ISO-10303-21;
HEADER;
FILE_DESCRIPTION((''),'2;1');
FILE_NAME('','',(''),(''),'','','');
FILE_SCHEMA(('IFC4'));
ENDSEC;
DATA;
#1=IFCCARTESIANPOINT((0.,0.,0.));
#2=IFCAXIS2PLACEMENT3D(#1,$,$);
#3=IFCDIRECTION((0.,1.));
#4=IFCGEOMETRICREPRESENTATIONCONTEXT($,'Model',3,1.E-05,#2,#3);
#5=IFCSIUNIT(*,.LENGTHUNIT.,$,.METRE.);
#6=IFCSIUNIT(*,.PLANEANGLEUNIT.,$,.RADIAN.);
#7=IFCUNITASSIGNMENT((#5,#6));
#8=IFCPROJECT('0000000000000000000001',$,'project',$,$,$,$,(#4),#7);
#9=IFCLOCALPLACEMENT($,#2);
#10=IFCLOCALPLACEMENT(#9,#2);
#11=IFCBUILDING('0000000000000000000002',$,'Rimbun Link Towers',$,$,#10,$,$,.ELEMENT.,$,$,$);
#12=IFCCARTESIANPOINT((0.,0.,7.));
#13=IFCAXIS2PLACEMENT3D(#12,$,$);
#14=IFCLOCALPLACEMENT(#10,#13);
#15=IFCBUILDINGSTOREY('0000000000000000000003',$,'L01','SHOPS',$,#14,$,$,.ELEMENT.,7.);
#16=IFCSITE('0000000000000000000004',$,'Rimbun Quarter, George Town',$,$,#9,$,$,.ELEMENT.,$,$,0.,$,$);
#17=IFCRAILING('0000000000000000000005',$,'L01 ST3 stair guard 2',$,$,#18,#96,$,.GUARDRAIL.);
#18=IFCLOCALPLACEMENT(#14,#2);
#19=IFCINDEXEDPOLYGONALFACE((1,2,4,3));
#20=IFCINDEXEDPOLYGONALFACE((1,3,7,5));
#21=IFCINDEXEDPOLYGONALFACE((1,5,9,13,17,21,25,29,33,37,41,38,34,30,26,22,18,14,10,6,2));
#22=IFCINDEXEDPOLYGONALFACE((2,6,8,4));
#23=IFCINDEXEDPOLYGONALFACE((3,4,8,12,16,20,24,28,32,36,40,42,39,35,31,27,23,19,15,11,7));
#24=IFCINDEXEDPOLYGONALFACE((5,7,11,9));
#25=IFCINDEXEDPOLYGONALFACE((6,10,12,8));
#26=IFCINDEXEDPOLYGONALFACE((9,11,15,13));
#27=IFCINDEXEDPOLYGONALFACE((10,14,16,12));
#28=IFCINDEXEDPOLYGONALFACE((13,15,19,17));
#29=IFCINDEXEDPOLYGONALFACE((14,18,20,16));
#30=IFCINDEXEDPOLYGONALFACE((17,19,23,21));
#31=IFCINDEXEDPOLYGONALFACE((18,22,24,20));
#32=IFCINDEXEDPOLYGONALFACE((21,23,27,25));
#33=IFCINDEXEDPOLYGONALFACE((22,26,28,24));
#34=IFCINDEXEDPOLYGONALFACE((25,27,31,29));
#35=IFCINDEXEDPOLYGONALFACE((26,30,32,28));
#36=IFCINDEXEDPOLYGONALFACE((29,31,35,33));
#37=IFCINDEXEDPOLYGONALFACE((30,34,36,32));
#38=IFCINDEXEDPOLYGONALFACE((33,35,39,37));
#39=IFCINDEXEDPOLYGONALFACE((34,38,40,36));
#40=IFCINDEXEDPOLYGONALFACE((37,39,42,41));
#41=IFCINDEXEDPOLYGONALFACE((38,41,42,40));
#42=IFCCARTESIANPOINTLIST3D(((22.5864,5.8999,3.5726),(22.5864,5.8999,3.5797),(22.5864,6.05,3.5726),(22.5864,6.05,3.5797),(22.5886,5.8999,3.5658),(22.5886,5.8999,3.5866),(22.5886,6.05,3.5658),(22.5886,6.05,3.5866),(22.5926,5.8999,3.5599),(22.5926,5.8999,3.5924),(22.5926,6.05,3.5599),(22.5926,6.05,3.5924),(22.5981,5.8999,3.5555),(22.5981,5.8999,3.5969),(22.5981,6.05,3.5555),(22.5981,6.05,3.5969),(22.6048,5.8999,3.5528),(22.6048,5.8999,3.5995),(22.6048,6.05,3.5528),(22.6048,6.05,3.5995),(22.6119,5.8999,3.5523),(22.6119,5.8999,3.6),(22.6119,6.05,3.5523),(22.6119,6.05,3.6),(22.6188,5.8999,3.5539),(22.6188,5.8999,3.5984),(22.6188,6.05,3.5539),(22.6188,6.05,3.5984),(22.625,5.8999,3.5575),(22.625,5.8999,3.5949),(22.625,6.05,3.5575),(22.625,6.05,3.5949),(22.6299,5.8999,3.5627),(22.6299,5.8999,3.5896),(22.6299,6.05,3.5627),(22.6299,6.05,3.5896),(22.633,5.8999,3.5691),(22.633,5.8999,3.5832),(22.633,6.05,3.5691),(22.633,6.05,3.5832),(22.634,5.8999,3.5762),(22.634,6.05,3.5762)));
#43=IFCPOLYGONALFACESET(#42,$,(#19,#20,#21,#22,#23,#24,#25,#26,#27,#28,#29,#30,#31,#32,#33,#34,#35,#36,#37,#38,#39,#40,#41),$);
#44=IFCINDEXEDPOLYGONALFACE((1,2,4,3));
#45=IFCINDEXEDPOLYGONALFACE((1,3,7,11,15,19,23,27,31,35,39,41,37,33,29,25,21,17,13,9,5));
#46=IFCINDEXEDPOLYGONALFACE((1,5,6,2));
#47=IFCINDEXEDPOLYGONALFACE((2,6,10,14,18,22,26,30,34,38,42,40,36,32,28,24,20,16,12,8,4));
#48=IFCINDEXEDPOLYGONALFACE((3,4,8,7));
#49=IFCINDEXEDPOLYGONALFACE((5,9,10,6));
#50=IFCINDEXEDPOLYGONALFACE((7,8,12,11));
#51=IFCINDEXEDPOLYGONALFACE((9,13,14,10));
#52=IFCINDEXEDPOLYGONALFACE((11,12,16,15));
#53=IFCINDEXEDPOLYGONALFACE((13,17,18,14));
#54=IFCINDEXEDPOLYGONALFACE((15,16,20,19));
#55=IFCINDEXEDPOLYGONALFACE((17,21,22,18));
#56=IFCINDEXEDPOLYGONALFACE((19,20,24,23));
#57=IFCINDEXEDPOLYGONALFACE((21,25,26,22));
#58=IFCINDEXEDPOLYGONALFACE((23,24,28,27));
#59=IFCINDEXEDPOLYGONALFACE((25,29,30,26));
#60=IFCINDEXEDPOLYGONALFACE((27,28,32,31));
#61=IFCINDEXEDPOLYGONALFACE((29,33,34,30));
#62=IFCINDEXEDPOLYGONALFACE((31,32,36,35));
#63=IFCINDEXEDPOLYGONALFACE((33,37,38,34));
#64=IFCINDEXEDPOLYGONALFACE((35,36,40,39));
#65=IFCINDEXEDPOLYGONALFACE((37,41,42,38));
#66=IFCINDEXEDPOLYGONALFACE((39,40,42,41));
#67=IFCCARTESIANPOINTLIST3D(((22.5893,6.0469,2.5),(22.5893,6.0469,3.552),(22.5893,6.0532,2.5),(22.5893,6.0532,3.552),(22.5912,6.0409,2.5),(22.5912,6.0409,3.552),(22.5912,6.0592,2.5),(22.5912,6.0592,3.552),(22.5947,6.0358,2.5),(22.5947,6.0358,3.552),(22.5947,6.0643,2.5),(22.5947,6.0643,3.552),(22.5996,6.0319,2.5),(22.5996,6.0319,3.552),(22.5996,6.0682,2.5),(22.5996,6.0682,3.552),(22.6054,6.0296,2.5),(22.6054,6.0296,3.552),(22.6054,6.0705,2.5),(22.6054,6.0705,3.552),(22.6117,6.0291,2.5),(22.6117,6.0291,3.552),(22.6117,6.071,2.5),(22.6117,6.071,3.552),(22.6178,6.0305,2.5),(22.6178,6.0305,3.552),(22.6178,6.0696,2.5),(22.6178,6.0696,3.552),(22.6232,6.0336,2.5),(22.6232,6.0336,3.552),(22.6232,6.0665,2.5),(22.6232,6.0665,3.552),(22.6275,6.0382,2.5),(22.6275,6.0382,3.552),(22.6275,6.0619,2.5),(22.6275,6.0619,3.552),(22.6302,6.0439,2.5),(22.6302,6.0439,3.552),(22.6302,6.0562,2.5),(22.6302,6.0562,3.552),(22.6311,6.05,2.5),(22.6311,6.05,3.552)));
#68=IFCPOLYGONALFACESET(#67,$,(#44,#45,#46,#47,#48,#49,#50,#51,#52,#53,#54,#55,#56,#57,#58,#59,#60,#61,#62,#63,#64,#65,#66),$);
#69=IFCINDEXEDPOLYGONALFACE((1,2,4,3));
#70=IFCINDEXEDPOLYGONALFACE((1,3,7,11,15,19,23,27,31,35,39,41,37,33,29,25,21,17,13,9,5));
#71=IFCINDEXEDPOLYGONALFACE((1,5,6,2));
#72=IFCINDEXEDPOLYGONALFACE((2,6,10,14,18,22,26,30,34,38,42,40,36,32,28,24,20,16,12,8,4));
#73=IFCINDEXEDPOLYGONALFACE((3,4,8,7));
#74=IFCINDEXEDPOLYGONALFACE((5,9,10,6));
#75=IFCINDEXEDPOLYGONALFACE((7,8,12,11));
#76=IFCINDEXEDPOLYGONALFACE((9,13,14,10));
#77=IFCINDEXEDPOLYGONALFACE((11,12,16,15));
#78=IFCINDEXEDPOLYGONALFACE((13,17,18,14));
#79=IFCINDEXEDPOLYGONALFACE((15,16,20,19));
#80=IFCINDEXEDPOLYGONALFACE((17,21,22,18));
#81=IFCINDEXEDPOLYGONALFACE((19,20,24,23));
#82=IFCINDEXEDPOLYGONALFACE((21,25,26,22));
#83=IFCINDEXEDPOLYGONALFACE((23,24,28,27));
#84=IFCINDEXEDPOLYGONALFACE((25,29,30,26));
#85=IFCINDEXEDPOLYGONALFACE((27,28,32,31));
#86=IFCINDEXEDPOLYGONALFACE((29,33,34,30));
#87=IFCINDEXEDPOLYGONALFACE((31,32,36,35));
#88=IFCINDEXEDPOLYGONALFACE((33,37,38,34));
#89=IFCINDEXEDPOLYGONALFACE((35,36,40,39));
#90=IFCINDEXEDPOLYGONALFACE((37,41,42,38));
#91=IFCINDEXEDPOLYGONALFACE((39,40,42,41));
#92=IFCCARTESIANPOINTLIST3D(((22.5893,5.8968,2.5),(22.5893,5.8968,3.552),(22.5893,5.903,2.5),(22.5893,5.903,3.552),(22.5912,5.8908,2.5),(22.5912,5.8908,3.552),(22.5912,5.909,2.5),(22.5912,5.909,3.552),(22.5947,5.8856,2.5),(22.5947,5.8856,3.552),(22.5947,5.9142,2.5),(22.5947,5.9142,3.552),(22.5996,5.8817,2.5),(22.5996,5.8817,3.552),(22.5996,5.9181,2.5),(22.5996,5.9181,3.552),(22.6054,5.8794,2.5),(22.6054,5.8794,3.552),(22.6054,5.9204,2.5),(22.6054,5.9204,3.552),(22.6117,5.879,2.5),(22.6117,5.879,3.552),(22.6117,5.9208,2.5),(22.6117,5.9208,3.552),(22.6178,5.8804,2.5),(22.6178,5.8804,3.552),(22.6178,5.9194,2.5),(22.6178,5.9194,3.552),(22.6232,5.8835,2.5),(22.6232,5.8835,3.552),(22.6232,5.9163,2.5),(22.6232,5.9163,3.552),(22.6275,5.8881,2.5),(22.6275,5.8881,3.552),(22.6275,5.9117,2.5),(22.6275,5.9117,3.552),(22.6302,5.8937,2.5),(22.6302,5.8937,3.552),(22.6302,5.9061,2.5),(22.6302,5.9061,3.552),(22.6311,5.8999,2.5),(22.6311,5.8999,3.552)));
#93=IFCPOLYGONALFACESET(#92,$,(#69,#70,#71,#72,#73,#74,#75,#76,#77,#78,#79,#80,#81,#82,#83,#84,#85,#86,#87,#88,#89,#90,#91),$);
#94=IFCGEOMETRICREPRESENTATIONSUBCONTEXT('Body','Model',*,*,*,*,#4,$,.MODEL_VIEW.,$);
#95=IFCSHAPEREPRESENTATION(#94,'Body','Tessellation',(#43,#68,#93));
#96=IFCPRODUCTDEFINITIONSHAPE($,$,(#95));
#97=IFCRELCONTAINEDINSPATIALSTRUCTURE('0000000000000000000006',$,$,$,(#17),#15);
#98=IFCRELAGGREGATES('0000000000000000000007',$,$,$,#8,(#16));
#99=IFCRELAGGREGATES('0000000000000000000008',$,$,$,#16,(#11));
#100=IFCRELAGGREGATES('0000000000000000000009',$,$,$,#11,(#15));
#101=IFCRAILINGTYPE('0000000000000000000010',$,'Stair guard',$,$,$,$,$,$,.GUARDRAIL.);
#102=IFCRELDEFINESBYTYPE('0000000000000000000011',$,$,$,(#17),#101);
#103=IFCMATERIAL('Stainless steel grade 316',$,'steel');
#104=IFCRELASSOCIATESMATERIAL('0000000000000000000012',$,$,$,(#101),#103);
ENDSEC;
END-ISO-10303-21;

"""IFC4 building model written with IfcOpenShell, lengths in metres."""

from ifc_helpers import new_model, si_unit, direction, frame, origin, origin_2d, place, context, subcontext, project, spatial, circle, extrude, material, type_object, element, save


model = new_model("IFC4")

# Units and contexts
model_context = context("Model", 3, precision=1e-05, world=origin(), true_north=direction((0.0, 1.0)))
body_context = subcontext(model_context, "Body", "Model", "MODEL_VIEW")
ifc_project = project(units=[si_unit("LENGTHUNIT", "METRE"), si_unit("PLANEANGLEUNIT", "RADIAN")], contexts=[model_context])

# Site, building, storey
site_placement = place(None, origin())
site = spatial("IfcSite", under=ifc_project, at=site_placement, Name="Rimbun Quarter, George Town", CompositionType="ELEMENT", RefElevation=0.0)
building_placement = place(site_placement, origin())
building = spatial("IfcBuilding", under=site, at=building_placement, Name="Rimbun Link Towers", CompositionType="ELEMENT")
storey_placement = place(building_placement, frame((0.0, 0.0, 7.0)))
storey = spatial("IfcBuildingStorey", under=building, at=storey_placement, Name="L01", Description="SHOPS", CompositionType="ELEMENT", Elevation=7.0)

# Railing
ifc_material_1 = material(Name="Stainless steel grade 316", Category="steel")
railing_type_1 = type_object("IfcRailingType", Name="Stair guard", PredefinedType="GUARDRAIL", material=ifc_material_1)
railing_1_placement = place(storey_placement, frame((22.6101, 6.05, 2.5)))
element("IfcRailing", 1, at=railing_1_placement, inside=storey, type_object=railing_type_1, Name="L01 ST3 stair guard 2", PredefinedType="GUARDRAIL", context=body_context, shape_type="SweptSolid", body=[
    extrude(circle(Radius=0.0239, at=origin_2d()), frame((0.0, 0.0, 1.0762), z_axis=(0.0, -1.0, 0.0), x_axis=(1.0, 0.0, 0.0)), (0.0, 0.0, 1.0), 0.1501),
    extrude(circle(Radius=0.021, at=origin_2d()), origin(), (0.0, 0.0, 1.0), 1.052),
    extrude(circle(Radius=0.021, at=origin_2d()), frame((0.0, -0.1501, 0.0)), (0.0, 0.0, 1.0), 1.052),
])

save(model, "model.ifc")
